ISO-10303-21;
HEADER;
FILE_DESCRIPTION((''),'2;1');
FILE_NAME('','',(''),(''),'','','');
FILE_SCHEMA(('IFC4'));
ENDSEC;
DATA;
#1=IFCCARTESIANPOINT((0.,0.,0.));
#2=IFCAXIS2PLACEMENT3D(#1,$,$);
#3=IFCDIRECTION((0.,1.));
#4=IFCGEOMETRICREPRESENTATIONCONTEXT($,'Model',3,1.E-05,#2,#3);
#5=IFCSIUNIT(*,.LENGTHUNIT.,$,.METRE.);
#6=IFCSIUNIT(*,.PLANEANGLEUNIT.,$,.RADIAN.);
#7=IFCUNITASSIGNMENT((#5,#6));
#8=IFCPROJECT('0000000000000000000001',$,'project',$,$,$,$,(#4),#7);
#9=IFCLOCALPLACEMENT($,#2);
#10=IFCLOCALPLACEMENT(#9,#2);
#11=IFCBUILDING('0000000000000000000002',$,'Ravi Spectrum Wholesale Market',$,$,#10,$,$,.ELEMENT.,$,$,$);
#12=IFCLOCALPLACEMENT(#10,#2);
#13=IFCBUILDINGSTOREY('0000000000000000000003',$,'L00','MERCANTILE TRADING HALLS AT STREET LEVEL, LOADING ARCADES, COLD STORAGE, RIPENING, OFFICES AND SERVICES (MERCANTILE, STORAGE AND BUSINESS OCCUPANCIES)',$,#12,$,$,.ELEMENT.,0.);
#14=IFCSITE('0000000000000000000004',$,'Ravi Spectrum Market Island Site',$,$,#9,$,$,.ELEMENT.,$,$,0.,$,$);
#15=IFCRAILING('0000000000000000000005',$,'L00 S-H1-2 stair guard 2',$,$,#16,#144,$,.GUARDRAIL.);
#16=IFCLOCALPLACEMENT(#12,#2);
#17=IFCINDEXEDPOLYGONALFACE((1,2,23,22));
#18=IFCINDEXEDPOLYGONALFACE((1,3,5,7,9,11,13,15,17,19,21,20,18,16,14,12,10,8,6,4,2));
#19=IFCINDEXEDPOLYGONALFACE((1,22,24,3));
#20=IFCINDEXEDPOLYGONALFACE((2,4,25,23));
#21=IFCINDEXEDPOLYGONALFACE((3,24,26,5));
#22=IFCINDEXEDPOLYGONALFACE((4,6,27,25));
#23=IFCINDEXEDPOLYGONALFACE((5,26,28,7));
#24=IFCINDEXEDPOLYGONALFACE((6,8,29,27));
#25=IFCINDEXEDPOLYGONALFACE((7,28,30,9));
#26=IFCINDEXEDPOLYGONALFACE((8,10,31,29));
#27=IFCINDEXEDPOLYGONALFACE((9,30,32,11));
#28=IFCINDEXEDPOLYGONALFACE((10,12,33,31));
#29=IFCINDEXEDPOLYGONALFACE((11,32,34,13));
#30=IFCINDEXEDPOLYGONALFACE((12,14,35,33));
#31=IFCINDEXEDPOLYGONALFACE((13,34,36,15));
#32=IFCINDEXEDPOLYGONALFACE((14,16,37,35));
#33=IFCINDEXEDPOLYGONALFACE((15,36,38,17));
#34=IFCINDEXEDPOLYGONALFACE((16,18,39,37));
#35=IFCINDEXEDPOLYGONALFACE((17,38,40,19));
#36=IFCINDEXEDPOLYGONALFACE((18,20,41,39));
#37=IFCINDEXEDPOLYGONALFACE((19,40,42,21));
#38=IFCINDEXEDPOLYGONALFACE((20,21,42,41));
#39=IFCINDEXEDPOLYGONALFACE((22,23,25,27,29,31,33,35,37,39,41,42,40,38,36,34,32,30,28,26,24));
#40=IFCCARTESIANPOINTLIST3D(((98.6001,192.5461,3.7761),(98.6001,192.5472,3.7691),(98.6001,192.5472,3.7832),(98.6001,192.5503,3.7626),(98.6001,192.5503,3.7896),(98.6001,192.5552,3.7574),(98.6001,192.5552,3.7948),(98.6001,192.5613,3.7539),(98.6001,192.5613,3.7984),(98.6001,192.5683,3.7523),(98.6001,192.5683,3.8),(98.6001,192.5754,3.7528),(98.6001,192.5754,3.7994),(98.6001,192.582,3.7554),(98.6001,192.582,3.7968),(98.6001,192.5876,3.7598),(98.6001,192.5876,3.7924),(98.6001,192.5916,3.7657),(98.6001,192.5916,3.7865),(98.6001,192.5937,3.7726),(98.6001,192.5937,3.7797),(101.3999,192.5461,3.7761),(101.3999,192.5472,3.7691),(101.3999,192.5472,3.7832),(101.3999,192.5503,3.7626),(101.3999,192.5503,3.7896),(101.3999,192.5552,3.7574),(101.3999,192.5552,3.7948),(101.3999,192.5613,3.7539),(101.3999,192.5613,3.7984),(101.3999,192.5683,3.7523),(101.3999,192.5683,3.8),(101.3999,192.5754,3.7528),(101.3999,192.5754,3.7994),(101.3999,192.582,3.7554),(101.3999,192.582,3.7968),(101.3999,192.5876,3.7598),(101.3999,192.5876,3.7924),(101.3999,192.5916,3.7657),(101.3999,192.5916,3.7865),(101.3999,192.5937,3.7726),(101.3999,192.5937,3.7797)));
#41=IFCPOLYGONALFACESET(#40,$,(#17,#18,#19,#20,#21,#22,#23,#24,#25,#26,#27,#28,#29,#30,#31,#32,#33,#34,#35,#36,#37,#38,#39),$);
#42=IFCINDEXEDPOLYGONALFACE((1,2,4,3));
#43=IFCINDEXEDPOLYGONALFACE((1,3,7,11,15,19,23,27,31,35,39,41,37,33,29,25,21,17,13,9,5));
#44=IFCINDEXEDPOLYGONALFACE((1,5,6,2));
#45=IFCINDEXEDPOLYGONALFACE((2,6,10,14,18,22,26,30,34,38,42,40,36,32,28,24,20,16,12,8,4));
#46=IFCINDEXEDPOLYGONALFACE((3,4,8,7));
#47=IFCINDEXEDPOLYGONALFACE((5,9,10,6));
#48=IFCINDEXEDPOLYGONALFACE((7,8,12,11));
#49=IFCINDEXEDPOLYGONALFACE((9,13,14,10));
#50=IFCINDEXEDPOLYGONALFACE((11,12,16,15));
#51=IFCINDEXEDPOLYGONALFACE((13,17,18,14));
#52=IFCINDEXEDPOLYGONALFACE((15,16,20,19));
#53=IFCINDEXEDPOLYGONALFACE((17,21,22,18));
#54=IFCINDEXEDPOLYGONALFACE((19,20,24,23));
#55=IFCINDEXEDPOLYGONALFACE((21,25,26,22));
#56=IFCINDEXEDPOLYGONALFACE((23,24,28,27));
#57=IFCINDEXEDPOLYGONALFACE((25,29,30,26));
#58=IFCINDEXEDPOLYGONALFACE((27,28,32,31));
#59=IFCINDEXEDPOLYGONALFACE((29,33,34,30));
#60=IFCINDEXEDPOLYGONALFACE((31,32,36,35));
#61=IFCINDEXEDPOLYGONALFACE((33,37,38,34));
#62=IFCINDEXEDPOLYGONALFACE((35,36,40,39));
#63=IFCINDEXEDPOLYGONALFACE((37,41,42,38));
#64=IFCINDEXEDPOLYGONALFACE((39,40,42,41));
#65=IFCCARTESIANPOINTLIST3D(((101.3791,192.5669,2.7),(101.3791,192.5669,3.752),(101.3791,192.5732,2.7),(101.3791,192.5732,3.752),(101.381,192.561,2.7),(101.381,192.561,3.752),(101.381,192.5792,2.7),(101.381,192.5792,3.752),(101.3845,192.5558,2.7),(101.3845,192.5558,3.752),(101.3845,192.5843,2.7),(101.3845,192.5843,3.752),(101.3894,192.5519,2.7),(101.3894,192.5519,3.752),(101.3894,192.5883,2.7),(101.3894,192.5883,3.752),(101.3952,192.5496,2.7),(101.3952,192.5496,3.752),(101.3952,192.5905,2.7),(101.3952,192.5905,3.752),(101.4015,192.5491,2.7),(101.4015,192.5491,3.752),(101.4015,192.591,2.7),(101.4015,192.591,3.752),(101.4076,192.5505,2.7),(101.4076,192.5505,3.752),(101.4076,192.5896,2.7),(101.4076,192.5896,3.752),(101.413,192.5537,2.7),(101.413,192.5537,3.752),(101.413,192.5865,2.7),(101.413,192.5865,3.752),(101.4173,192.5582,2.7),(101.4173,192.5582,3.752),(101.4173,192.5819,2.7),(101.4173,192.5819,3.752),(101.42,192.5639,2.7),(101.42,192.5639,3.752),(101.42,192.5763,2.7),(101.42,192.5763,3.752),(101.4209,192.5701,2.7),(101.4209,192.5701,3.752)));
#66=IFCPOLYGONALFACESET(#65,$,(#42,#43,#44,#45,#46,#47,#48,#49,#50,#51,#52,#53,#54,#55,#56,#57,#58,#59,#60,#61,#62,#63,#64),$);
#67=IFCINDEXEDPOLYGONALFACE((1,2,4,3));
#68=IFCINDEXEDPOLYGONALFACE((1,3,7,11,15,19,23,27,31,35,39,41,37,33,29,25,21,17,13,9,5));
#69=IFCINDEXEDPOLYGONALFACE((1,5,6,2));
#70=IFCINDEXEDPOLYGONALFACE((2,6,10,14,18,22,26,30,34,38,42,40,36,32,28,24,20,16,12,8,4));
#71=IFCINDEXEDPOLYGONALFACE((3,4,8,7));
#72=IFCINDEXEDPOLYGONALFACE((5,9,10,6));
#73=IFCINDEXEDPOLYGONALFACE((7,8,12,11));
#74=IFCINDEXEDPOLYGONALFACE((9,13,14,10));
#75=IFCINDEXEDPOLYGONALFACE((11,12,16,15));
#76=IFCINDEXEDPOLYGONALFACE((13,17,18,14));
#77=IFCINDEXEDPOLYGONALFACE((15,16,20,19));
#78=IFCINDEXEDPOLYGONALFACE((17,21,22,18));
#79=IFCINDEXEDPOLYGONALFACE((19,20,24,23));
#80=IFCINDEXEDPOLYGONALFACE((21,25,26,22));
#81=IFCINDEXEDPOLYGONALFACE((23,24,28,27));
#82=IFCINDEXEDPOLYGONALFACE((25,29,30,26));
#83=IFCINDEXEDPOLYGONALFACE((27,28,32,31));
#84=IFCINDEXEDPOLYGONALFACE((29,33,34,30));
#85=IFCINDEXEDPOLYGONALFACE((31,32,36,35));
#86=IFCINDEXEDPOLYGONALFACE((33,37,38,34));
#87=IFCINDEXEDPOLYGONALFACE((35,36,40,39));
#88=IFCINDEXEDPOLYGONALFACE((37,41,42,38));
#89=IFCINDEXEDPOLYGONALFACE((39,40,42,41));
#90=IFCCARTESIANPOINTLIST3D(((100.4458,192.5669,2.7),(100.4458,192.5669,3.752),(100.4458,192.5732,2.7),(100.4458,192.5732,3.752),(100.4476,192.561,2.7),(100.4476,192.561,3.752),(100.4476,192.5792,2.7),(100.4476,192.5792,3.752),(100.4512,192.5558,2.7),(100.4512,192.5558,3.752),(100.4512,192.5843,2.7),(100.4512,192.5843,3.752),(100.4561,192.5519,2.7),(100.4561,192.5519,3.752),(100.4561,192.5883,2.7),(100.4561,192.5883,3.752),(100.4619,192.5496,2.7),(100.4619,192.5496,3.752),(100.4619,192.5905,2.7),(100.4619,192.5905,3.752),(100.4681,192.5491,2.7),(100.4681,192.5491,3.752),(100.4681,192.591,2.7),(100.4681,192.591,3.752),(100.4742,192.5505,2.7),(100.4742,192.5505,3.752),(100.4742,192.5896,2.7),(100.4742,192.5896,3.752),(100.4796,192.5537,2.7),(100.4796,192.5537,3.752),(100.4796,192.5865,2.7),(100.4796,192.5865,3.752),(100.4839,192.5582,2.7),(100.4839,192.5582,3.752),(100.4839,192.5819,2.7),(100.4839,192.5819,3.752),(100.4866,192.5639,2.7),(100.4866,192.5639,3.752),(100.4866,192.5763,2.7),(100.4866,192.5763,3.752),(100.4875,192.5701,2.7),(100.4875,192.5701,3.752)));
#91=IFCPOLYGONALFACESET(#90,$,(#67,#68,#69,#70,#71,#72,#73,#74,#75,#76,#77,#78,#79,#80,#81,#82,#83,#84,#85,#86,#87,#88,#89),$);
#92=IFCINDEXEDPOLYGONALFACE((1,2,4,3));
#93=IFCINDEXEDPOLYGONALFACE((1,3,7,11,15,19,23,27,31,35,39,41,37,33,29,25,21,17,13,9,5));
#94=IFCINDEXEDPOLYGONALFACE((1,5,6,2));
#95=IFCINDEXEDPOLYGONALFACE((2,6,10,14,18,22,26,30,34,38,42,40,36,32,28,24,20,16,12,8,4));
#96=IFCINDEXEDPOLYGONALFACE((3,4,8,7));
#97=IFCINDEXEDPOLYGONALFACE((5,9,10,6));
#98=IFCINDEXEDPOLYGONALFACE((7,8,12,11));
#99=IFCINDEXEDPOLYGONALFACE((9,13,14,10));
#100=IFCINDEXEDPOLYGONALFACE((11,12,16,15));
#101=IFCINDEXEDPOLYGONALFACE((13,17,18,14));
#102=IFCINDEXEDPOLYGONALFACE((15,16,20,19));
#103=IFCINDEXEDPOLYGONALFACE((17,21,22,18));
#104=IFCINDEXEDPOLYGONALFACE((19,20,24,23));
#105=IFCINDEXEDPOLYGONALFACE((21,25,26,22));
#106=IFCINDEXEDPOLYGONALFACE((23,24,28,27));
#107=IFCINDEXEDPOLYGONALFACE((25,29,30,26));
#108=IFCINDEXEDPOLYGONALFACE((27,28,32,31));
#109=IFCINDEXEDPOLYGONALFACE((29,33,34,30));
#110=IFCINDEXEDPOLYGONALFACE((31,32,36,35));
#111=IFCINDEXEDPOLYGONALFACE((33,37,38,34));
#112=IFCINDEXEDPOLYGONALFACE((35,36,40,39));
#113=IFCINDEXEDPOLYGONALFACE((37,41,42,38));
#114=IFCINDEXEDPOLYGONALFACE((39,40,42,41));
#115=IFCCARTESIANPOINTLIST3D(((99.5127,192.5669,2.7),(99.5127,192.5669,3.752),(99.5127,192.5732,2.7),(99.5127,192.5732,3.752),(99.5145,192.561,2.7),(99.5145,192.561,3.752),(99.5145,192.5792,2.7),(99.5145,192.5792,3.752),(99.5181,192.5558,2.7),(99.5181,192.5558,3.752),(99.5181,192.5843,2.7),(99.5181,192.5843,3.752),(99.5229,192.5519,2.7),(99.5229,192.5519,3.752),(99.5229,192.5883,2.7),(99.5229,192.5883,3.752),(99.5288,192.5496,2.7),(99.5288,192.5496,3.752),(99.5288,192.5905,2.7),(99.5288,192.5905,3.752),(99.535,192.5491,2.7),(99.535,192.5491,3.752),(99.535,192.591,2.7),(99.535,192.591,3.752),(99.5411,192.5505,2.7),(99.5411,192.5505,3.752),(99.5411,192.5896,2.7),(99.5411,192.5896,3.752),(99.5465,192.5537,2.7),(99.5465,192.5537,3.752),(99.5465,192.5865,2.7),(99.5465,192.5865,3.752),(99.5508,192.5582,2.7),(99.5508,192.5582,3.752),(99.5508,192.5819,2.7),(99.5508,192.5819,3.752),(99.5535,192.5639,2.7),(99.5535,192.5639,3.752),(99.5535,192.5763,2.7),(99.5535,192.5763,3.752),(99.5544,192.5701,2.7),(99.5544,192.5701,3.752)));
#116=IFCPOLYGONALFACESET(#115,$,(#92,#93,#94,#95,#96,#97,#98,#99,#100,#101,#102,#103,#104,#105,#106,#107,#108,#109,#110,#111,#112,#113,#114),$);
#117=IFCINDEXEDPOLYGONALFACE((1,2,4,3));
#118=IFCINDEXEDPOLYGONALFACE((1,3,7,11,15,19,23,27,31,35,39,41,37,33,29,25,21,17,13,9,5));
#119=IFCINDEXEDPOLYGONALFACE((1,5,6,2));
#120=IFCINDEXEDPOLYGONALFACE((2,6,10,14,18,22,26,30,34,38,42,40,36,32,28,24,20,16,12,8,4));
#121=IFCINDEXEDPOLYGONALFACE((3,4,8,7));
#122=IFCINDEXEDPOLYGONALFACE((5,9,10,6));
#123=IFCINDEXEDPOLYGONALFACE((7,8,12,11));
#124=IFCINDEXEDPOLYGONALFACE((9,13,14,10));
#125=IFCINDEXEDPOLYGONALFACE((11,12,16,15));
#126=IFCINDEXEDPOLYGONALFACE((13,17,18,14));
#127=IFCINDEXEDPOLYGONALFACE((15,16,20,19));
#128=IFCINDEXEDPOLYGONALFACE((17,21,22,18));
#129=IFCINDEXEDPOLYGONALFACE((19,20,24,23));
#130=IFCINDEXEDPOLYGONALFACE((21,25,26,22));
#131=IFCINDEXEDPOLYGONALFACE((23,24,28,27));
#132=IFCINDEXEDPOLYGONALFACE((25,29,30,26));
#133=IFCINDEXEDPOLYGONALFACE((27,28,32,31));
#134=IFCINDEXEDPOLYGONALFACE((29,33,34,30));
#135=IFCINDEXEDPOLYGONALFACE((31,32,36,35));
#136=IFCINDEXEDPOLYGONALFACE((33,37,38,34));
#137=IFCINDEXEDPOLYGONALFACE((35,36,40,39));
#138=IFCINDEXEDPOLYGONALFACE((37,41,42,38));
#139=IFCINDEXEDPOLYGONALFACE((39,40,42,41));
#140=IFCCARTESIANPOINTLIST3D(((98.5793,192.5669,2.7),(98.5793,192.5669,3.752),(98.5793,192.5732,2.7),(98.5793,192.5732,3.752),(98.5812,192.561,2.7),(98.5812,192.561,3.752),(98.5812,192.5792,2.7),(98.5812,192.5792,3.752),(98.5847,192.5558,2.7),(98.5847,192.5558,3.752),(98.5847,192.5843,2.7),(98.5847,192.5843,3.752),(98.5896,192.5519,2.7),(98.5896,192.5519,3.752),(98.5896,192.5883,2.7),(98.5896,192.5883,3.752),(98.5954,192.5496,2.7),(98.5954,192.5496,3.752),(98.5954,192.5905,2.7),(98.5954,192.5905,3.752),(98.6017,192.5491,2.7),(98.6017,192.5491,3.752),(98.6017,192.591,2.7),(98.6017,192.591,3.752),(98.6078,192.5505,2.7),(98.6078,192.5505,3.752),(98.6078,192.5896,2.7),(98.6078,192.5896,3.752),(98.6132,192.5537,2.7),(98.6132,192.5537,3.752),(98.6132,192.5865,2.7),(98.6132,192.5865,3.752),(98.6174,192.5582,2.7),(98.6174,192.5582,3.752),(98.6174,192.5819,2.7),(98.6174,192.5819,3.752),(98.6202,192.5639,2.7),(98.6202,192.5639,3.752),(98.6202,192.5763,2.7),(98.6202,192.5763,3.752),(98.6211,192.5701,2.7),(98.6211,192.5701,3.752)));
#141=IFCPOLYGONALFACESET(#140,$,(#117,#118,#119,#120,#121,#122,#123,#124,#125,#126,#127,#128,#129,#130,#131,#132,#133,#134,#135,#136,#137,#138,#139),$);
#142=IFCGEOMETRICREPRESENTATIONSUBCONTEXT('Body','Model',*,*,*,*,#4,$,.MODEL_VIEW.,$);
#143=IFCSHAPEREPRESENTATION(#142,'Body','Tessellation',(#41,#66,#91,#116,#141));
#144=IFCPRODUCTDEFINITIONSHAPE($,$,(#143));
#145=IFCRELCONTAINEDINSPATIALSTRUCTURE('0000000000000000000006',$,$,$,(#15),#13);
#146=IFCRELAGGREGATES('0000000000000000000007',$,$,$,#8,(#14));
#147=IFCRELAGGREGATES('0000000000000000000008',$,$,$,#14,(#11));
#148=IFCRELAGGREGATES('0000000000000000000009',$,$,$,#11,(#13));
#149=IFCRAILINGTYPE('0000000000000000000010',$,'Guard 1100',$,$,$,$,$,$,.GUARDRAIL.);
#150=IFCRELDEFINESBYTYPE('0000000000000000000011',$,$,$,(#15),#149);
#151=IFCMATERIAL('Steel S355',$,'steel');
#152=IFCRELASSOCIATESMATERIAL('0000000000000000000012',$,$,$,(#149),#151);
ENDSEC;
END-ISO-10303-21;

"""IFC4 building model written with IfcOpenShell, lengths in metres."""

from ifc_helpers import new_model, si_unit, direction, frame, origin, origin_2d, place, context, subcontext, project, spatial, circle, extrude, material, type_object, element, save


model = new_model("IFC4")

# Units and contexts
model_context = context("Model", 3, precision=1e-05, world=origin(), true_north=direction((0.0, 1.0)))
body_context = subcontext(model_context, "Body", "Model", "MODEL_VIEW")
ifc_project = project(units=[si_unit("LENGTHUNIT", "METRE"), si_unit("PLANEANGLEUNIT", "RADIAN")], contexts=[model_context])

# Site, building, storey
site_placement = place(None, origin())
site = spatial("IfcSite", under=ifc_project, at=site_placement, Name="Ravi Spectrum Market Island Site", CompositionType="ELEMENT", RefElevation=0.0)
building_placement = place(site_placement, origin())
building = spatial("IfcBuilding", under=site, at=building_placement, Name="Ravi Spectrum Wholesale Market", CompositionType="ELEMENT")
storey_placement = place(building_placement, origin())
storey = spatial("IfcBuildingStorey", under=building, at=storey_placement, Name="L00", Description="MERCANTILE TRADING HALLS AT STREET LEVEL, LOADING ARCADES, COLD STORAGE, RIPENING, OFFICES AND SERVICES (MERCANTILE, STORAGE AND BUSINESS OCCUPANCIES)", CompositionType="ELEMENT", Elevation=0.0)

# Railing
ifc_material_1 = material(Name="Steel S355", Category="steel")
railing_type_1 = type_object("IfcRailingType", Name="Guard 1100", PredefinedType="GUARDRAIL", material=ifc_material_1)
railing_1_placement = place(storey_placement, frame((101.3999, 192.5701, 2.7)))
element("IfcRailing", 1, at=railing_1_placement, inside=storey, type_object=railing_type_1, Name="L00 S-H1-2 stair guard 2", PredefinedType="GUARDRAIL", context=body_context, shape_type="SweptSolid", body=[
    extrude(circle(Radius=0.0239, at=origin_2d()), frame((0.0, 0.0, 1.0762), z_axis=(-1.0, 0.0, 0.0), x_axis=(0.0, -1.0, 0.0)), (0.0, 0.0, 1.0), 2.7998),
    extrude(circle(Radius=0.021, at=origin_2d()), origin(), (0.0, 0.0, 1.0), 1.052),
    extrude(circle(Radius=0.021, at=origin_2d()), frame((-0.9333, 0.0, 0.0)), (0.0, 0.0, 1.0), 1.052),
    extrude(circle(Radius=0.021, at=origin_2d()), frame((-1.8665, 0.0, 0.0)), (0.0, 0.0, 1.0), 1.052),
    extrude(circle(Radius=0.021, at=origin_2d()), frame((-2.7998, 0.0, 0.0)), (0.0, 0.0, 1.0), 1.052),
])

save(model, "model.ifc")
